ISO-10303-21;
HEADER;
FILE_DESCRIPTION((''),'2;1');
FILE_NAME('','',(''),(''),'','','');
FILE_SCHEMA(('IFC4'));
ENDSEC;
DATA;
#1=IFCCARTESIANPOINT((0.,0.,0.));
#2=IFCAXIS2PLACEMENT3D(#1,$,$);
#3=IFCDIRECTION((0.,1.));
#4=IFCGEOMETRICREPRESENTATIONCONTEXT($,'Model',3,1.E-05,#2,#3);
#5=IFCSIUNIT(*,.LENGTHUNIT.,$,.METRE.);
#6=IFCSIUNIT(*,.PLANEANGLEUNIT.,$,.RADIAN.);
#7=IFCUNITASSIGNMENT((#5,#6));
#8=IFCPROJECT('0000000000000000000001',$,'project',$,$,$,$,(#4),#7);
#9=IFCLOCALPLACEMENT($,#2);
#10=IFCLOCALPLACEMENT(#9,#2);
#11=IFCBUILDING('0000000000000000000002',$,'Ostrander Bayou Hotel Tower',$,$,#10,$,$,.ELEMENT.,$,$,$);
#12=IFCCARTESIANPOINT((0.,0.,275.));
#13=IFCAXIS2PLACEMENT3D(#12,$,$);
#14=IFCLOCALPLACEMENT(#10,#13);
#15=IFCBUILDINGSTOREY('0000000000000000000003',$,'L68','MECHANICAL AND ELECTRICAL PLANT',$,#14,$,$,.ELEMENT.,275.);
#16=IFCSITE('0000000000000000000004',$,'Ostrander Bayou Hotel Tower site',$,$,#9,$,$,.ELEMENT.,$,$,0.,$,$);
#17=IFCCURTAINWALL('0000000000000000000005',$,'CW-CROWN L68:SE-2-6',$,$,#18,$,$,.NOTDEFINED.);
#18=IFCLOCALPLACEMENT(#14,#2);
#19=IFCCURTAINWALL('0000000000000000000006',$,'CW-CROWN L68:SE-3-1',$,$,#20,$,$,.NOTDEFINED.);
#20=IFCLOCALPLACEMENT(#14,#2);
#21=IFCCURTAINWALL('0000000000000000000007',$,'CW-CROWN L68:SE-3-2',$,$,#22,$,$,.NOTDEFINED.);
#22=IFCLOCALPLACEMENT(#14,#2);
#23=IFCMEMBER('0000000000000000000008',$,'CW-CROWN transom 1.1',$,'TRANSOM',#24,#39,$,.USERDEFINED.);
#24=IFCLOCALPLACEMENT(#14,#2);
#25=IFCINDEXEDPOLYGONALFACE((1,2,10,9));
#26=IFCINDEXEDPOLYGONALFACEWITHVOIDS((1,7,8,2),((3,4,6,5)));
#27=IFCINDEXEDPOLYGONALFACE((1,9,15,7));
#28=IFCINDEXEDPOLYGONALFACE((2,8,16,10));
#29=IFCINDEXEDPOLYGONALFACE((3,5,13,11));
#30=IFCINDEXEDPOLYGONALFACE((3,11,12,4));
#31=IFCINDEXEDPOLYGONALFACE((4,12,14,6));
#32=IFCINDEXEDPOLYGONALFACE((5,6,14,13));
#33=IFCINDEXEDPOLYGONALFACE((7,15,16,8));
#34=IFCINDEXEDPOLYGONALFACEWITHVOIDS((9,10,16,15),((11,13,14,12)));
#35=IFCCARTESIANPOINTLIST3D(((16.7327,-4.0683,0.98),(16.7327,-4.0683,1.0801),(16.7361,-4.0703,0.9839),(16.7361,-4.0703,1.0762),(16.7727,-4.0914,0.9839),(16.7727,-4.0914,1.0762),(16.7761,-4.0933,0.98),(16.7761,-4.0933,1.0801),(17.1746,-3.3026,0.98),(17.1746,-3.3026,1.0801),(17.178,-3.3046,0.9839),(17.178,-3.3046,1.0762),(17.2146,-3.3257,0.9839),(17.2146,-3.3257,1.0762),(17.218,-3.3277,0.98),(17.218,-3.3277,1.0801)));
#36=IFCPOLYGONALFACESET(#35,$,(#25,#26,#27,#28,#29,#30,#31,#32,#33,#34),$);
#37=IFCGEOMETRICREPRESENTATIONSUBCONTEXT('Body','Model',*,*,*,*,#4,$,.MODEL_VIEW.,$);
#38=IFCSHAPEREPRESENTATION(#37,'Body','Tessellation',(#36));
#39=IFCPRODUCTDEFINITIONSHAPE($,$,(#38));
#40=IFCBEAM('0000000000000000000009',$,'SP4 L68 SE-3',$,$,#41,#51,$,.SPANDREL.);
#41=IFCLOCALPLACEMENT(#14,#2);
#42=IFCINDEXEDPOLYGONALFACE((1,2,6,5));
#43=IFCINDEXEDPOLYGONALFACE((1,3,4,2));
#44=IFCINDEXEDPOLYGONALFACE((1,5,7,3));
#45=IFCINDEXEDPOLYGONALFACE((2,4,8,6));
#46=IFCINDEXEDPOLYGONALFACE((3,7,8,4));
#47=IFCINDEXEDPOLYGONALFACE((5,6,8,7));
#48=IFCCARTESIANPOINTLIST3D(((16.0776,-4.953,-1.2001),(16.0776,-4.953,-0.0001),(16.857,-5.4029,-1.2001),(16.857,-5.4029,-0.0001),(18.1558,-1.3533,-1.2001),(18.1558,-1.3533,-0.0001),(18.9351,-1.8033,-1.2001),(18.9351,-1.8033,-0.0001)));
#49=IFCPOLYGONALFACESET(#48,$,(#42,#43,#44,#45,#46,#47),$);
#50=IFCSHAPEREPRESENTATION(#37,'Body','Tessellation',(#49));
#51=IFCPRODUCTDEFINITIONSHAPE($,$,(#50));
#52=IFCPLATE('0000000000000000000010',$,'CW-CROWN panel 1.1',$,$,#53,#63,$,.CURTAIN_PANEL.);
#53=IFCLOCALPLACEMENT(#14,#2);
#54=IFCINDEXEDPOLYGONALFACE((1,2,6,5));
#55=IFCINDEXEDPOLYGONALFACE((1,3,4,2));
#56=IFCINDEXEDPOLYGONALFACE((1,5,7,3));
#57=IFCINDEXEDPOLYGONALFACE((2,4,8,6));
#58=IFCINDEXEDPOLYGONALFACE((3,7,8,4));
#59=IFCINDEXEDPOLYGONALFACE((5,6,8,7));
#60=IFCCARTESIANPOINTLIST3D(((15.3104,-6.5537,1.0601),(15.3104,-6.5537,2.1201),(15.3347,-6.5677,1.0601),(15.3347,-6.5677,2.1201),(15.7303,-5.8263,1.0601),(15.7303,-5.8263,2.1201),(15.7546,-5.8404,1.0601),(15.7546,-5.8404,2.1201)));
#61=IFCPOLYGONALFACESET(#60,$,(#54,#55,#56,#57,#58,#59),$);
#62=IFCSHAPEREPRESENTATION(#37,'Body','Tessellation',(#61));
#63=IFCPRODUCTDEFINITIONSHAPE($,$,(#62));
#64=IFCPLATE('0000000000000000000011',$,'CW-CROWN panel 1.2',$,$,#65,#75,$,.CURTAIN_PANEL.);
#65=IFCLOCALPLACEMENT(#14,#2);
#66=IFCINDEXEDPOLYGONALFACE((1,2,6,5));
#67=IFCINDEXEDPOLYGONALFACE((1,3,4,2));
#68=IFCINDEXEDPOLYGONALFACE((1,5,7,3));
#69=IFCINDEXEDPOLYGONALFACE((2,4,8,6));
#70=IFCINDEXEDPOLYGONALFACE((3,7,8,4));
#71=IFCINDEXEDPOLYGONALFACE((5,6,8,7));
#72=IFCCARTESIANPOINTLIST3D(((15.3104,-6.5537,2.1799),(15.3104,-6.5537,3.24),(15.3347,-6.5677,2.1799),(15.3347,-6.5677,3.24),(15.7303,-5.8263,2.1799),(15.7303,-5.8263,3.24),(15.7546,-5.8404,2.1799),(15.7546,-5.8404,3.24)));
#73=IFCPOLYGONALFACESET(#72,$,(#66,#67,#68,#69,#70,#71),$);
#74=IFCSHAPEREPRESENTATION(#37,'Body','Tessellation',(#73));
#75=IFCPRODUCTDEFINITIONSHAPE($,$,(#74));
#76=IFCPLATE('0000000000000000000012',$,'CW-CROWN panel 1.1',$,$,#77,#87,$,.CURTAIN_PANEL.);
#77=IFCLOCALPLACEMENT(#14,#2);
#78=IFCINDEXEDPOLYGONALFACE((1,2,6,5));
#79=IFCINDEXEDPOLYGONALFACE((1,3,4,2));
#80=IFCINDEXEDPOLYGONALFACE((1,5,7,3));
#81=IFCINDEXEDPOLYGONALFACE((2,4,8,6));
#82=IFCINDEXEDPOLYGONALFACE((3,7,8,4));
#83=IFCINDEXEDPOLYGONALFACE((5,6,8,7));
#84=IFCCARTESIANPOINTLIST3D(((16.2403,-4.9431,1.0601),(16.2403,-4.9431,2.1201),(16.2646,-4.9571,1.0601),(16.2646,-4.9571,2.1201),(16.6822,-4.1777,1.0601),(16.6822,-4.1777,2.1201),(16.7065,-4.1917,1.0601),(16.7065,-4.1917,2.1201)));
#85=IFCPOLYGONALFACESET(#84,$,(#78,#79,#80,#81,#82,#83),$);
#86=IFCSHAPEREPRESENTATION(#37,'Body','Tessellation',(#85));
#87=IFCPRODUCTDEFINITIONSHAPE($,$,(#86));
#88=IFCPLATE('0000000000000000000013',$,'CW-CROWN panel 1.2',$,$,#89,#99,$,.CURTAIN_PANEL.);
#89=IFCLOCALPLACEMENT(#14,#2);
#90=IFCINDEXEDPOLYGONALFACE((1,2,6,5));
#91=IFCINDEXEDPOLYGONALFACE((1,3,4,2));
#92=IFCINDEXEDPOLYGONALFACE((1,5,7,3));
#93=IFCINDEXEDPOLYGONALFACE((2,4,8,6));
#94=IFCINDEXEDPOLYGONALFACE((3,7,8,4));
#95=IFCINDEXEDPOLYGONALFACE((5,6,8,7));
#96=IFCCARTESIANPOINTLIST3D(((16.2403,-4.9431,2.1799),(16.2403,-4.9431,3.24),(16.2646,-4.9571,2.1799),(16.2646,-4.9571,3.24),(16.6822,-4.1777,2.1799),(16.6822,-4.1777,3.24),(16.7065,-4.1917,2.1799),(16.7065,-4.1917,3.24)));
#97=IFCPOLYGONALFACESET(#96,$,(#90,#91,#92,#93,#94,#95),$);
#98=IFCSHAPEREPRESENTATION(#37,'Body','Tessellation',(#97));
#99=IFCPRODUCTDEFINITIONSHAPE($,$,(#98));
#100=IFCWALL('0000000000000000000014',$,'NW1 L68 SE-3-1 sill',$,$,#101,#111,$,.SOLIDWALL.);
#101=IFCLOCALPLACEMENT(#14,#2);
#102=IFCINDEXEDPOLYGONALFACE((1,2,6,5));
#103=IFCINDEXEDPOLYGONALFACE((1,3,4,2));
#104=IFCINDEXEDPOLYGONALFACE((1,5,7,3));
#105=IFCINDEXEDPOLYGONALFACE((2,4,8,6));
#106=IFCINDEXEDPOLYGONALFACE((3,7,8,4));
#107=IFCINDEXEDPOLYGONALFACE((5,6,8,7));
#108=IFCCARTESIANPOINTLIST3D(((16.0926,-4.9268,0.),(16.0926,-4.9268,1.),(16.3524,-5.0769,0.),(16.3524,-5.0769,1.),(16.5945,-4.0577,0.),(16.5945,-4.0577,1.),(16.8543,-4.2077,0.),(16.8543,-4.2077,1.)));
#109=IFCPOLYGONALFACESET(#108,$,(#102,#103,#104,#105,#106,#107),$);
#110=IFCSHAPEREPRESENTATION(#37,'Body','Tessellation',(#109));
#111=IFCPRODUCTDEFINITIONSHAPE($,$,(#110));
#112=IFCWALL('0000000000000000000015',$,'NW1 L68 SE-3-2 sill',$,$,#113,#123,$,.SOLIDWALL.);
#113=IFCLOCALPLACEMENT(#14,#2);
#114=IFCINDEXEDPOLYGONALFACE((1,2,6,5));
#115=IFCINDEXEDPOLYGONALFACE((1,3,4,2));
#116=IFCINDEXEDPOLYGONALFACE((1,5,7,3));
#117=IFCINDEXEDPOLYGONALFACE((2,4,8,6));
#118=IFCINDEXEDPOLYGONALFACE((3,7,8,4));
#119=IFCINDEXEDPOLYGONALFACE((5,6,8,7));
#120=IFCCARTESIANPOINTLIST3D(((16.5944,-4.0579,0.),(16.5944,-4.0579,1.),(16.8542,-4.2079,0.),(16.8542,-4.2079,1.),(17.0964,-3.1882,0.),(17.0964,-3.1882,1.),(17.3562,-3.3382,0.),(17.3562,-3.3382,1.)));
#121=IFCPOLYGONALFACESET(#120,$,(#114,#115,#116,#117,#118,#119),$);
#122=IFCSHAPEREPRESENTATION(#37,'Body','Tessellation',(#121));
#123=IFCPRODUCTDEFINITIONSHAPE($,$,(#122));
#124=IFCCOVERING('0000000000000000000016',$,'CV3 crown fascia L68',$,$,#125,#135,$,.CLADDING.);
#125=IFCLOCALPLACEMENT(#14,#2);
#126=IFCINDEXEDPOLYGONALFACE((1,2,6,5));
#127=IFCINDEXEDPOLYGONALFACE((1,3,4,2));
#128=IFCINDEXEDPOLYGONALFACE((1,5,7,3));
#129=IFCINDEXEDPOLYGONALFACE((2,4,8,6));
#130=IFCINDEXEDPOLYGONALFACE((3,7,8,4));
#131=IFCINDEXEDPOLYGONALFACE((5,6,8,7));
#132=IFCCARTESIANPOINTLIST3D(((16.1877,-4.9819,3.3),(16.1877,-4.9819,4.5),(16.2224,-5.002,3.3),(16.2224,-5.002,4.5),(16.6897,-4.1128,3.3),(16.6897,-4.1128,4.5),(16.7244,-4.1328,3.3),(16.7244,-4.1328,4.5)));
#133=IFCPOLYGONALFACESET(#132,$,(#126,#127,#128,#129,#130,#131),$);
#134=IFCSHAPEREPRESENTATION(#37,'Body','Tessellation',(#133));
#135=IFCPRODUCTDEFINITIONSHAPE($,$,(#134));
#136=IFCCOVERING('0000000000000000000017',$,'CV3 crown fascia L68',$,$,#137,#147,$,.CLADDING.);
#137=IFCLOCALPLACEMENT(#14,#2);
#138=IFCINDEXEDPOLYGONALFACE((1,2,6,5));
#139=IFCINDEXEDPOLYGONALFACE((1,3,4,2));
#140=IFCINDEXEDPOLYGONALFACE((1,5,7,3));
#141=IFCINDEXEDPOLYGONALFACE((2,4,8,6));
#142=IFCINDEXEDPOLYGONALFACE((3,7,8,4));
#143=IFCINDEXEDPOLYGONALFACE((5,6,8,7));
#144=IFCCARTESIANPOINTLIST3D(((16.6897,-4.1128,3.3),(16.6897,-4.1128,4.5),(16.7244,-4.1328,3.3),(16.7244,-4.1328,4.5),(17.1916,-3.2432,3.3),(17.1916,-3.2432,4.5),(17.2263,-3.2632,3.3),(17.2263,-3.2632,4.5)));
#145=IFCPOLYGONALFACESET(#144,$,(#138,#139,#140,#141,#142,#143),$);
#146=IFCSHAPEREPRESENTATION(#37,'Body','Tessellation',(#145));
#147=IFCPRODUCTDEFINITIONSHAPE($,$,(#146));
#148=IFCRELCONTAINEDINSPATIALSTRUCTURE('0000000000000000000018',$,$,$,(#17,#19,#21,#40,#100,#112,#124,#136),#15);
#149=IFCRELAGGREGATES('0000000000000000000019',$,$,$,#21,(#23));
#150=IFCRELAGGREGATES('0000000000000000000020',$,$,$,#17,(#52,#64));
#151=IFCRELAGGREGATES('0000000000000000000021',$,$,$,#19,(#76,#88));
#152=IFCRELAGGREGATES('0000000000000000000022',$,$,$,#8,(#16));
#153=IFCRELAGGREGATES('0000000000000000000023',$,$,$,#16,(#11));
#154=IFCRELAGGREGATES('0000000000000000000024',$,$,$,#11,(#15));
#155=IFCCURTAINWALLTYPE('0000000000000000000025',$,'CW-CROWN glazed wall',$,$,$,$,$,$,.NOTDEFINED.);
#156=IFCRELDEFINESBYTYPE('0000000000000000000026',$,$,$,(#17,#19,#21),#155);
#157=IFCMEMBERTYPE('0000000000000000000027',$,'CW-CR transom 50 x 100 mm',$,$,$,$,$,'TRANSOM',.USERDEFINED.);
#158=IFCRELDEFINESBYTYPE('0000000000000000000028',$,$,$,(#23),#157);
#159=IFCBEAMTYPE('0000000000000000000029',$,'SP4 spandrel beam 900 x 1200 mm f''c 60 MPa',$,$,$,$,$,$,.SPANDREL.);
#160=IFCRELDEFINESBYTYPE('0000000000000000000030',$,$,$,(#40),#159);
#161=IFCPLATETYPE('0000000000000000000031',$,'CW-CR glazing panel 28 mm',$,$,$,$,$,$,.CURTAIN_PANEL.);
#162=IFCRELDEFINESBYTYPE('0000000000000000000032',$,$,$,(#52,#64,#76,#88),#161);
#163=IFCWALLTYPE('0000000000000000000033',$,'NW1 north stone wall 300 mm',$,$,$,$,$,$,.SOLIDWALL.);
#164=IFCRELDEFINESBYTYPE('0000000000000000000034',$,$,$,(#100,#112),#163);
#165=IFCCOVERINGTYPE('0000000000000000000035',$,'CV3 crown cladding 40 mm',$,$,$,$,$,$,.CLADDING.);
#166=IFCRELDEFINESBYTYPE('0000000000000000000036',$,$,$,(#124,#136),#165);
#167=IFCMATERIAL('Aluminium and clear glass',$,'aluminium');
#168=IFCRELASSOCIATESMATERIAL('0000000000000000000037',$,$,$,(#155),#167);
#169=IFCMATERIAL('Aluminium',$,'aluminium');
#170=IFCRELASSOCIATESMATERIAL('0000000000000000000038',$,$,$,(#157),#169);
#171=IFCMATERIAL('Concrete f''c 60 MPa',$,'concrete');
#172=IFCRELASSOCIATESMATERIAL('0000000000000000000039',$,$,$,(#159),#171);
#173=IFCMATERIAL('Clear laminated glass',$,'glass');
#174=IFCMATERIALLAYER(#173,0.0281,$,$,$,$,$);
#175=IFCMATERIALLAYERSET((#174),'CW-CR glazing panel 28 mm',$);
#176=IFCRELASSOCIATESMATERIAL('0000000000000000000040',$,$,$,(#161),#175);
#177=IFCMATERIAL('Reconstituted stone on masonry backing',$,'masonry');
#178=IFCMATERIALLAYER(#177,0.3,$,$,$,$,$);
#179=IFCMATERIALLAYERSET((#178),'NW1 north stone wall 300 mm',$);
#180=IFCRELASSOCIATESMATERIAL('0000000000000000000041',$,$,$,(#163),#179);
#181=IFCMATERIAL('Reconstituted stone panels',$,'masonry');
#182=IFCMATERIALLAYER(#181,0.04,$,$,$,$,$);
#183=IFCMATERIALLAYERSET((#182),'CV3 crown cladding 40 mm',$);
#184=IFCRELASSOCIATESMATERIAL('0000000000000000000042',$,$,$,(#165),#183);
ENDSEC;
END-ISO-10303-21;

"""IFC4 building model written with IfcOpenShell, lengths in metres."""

from ifc_helpers import new_model, si_unit, direction, frame, frame_2d, origin, origin_2d, place, context, subcontext, project, spatial, polyline, rectangle, hollow_rectangle, outline, extrude, material, layer, layer_set, material_profile, profile_set, type_object, element, aggregate, save


model = new_model("IFC4")

# Units and contexts
model_context = context("Model", 3, precision=1e-05, world=origin(), true_north=direction((0.0, 1.0)))
body_context = subcontext(model_context, "Body", "Model", "MODEL_VIEW")
ifc_project = project(units=[si_unit("LENGTHUNIT", "METRE"), si_unit("PLANEANGLEUNIT", "RADIAN")], contexts=[model_context])

# Site, building, storey
site_placement = place(None, origin())
site = spatial("IfcSite", under=ifc_project, at=site_placement, Name="Ostrander Bayou Hotel Tower site", CompositionType="ELEMENT", RefElevation=0.0)
building_placement = place(site_placement, origin())
building = spatial("IfcBuilding", under=site, at=building_placement, Name="Ostrander Bayou Hotel Tower", CompositionType="ELEMENT")
storey_placement = place(building_placement, frame((0.0, 0.0, 275.0)))
storey = spatial("IfcBuildingStorey", under=building, at=storey_placement, Name="L68", Description="MECHANICAL AND ELECTRICAL PLANT", CompositionType="ELEMENT", Elevation=275.0)

# Curtain wall
ifc_material_1 = material(Name="Aluminium and clear glass", Category="aluminium")
curtain_wall_type = type_object("IfcCurtainWallType", Name="CW-CROWN glazed wall", PredefinedType="NOTDEFINED", material=ifc_material_1)
curtain_wall_1_placement = place(storey_placement, origin())
curtain_wall_1 = element("IfcCurtainWall", 1, at=curtain_wall_1_placement, inside=storey, type_object=curtain_wall_type, Name="CW-CROWN L68:SE-2-6", PredefinedType="NOTDEFINED")

# Curtain wall
curtain_wall_2_placement = place(storey_placement, origin())
curtain_wall_2 = element("IfcCurtainWall", 2, at=curtain_wall_2_placement, inside=storey, type_object=curtain_wall_type, Name="CW-CROWN L68:SE-3-1", PredefinedType="NOTDEFINED")

# Curtain wall
curtain_wall_3_placement = place(storey_placement, origin())
curtain_wall_3 = element("IfcCurtainWall", 3, at=curtain_wall_3_placement, inside=storey, type_object=curtain_wall_type, Name="CW-CROWN L68:SE-3-2", PredefinedType="NOTDEFINED")

# Member
ifc_material_2 = material(Name="Aluminium", Category="aluminium")
ifc_material_profile_1 = material_profile(ifc_material_2, hollow_rectangle(XDim=0.05, YDim=0.1001, WallThickness=0.0039, at=origin_2d()))
ifc_profile_set_1 = profile_set([ifc_material_profile_1], Name="Aluminium")
member_type_1 = type_object("IfcMemberType", Name="CW-CR transom 50 x 100 mm", ElementType="TRANSOM", PredefinedType="USERDEFINED", material=ifc_profile_set_1)
member_1_placement = place(storey_placement, frame((16.7544, -4.0808, 1.03), z_axis=(0.499882, 0.866094, 0.0), x_axis=(-0.866094, 0.499882, 0.0)))
member_1 = element("IfcMember", 4, at=member_1_placement, type_object=member_type_1, Name="CW-CROWN transom 1.1", ObjectType="TRANSOM", PredefinedType="USERDEFINED", context=body_context, shape_type="SweptSolid", body=[
    extrude(hollow_rectangle(XDim=0.05, YDim=0.1001, WallThickness=0.0039, at=origin_2d()), origin(), (0.0, 0.0, 1.0), 0.884),
])
aggregate(curtain_wall_3, [member_1])

# Beam
ifc_material_3 = material(Name="Concrete f'c 60 MPa", Category="concrete")
ifc_material_profile_2 = material_profile(ifc_material_3, rectangle(XDim=0.8999, YDim=1.2, at=origin_2d()))
ifc_profile_set_2 = profile_set([ifc_material_profile_2], Name="Concrete f'c 60 MPa")
beam_type = type_object("IfcBeamType", Name="SP4 spandrel beam 900 x 1200 mm f'c 60 MPa", PredefinedType="SPANDREL", material=ifc_profile_set_2)
beam_placement = place(storey_placement, frame((16.4673, -5.178, -0.6001), z_axis=(0.49998, 0.866037, 0.0), x_axis=(-0.866037, 0.49998, 0.0)))
element("IfcBeam", 5, at=beam_placement, inside=storey, type_object=beam_type, Name="SP4 L68 SE-3", PredefinedType="SPANDREL", context=body_context, shape_type="SweptSolid", body=[
    extrude(rectangle(XDim=0.8999, YDim=1.2, at=origin_2d()), origin(), (0.0, 0.0, 1.0), 4.1565),
])

# Plates
ifc_material_4 = material(Name="Clear laminated glass", Category="glass")
ifc_layer_1 = layer(ifc_material_4, 0.0281)
ifc_layer_set_1 = layer_set([ifc_layer_1], Name="CW-CR glazing panel 28 mm")
plate_type = type_object("IfcPlateType", Name="CW-CR glazing panel 28 mm", PredefinedType="CURTAIN_PANEL", material=ifc_layer_set_1)
plate_1_placement = place(storey_placement, frame((15.5325, -6.197, 1.0601), z_axis=(0.0, 0.0, 1.0), x_axis=(0.500005, 0.866022, 0.0)))
plate_1 = element("IfcPlate", 6, at=plate_1_placement, type_object=plate_type, Name="CW-CROWN panel 1.1", PredefinedType="CURTAIN_PANEL", context=body_context, shape_type="SweptSolid", body=[
    extrude(rectangle(XDim=0.8398, YDim=0.0281, at=origin_2d()), origin(), (0.0, 0.0, 1.0), 1.0601),
])
plate_2_placement = place(storey_placement, frame((15.5325, -6.197, 2.1799), z_axis=(0.0, 0.0, 1.0), x_axis=(0.500005, 0.866022, 0.0)))
plate_2 = element("IfcPlate", 7, at=plate_2_placement, type_object=plate_type, Name="CW-CROWN panel 1.2", PredefinedType="CURTAIN_PANEL", context=body_context, shape_type="SweptSolid", body=[
    extrude(rectangle(XDim=0.8398, YDim=0.0281, at=origin_2d()), origin(), (0.0, 0.0, 1.0), 1.0601),
])
aggregate(curtain_wall_1, [plate_1, plate_2])
plate_3_placement = place(storey_placement, frame((16.4734, -4.5674, 1.0601), z_axis=(0.0, 0.0, 1.0), x_axis=(0.500007, 0.866021, 0.0)))
plate_3 = element("IfcPlate", 8, at=plate_3_placement, type_object=plate_type, Name="CW-CROWN panel 1.1", PredefinedType="CURTAIN_PANEL", context=body_context, shape_type="SweptSolid", body=[
    extrude(rectangle(XDim=0.8838, YDim=0.0281, at=origin_2d()), origin(), (0.0, 0.0, 1.0), 1.0601),
])
plate_4_placement = place(storey_placement, frame((16.4734, -4.5674, 2.1799), z_axis=(0.0, 0.0, 1.0), x_axis=(0.500007, 0.866021, 0.0)))
plate_4 = element("IfcPlate", 9, at=plate_4_placement, type_object=plate_type, Name="CW-CROWN panel 1.2", PredefinedType="CURTAIN_PANEL", context=body_context, shape_type="SweptSolid", body=[
    extrude(rectangle(XDim=0.8838, YDim=0.0281, at=origin_2d()), origin(), (0.0, 0.0, 1.0), 1.0601),
])
aggregate(curtain_wall_2, [plate_3, plate_4])

# Walls
ifc_material_5 = material(Name="Reconstituted stone on masonry backing", Category="masonry")
ifc_layer_2 = layer(ifc_material_5, 0.3)
ifc_layer_set_2 = layer_set([ifc_layer_2], Name="NW1 north stone wall 300 mm")
wall_type = type_object("IfcWallType", Name="NW1 north stone wall 300 mm", PredefinedType="SOLIDWALL", material=ifc_layer_set_2)
wall_1_placement = place(storey_placement, frame((16.2224, -5.002, 0.0), z_axis=(0.0, 0.0, 1.0), x_axis=(0.500115, 0.865959, 0.0)))
element("IfcWall", 10, at=wall_1_placement, inside=storey, type_object=wall_type, Name="NW1 L68 SE-3-1 sill", PredefinedType="SOLIDWALL", context=body_context, shape_type="SweptSolid", body=[
    extrude(rectangle(XDim=1.0037, YDim=0.3, at=frame_2d((0.502, 0.0))), origin(), (0.0, 0.0, 1.0), 1.0),
])
wall_2_placement = place(storey_placement, frame((16.7244, -4.1328, 0.0), z_axis=(0.0, 0.0, 1.0), x_axis=(0.499905, 0.86608, 0.0)))
element("IfcWall", 11, at=wall_2_placement, inside=storey, type_object=wall_type, Name="NW1 L68 SE-3-2 sill", PredefinedType="SOLIDWALL", context=body_context, shape_type="SweptSolid", body=[
    extrude(rectangle(XDim=1.0042, YDim=0.3, at=frame_2d((0.502, 0.0))), origin(), (0.0, 0.0, 1.0), 1.0),
])

# Coverings
ifc_material_6 = material(Name="Reconstituted stone panels", Category="masonry")
ifc_layer_3 = layer(ifc_material_6, 0.04)
ifc_layer_set_3 = layer_set([ifc_layer_3], Name="CV3 crown cladding 40 mm")
covering_type = type_object("IfcCoveringType", Name="CV3 crown cladding 40 mm", PredefinedType="CLADDING", material=ifc_layer_set_3)
covering_1_placement = place(storey_placement, frame((16.2224, -5.002, 3.3), z_axis=(0.865959, -0.500115, 0.0), x_axis=(0.500115, 0.865959, 0.0)))
element("IfcCovering", 12, at=covering_1_placement, inside=storey, type_object=covering_type, Name="CV3 crown fascia L68", PredefinedType="CLADDING", context=body_context, shape_type="SweptSolid", body=[
    extrude(outline(polyline([(0.0, 0.0), (1.0037, 0.0), (1.0037, 1.2), (0.0, 1.2), (0.0, 0.0)])), origin(), (0.0, 0.0, -1.0), 0.04),
])
covering_2_placement = place(storey_placement, frame((16.7244, -4.1328, 3.3), z_axis=(0.86608, -0.499905, 0.0), x_axis=(0.499905, 0.86608, 0.0)))
element("IfcCovering", 13, at=covering_2_placement, inside=storey, type_object=covering_type, Name="CV3 crown fascia L68", PredefinedType="CLADDING", context=body_context, shape_type="SweptSolid", body=[
    extrude(outline(polyline([(0.0, 0.0), (1.0041, 0.0), (1.0041, 1.2), (0.0, 1.2), (0.0, 0.0)])), origin(), (0.0, 0.0, -1.0), 0.04),
])

save(model, "model.ifc")
